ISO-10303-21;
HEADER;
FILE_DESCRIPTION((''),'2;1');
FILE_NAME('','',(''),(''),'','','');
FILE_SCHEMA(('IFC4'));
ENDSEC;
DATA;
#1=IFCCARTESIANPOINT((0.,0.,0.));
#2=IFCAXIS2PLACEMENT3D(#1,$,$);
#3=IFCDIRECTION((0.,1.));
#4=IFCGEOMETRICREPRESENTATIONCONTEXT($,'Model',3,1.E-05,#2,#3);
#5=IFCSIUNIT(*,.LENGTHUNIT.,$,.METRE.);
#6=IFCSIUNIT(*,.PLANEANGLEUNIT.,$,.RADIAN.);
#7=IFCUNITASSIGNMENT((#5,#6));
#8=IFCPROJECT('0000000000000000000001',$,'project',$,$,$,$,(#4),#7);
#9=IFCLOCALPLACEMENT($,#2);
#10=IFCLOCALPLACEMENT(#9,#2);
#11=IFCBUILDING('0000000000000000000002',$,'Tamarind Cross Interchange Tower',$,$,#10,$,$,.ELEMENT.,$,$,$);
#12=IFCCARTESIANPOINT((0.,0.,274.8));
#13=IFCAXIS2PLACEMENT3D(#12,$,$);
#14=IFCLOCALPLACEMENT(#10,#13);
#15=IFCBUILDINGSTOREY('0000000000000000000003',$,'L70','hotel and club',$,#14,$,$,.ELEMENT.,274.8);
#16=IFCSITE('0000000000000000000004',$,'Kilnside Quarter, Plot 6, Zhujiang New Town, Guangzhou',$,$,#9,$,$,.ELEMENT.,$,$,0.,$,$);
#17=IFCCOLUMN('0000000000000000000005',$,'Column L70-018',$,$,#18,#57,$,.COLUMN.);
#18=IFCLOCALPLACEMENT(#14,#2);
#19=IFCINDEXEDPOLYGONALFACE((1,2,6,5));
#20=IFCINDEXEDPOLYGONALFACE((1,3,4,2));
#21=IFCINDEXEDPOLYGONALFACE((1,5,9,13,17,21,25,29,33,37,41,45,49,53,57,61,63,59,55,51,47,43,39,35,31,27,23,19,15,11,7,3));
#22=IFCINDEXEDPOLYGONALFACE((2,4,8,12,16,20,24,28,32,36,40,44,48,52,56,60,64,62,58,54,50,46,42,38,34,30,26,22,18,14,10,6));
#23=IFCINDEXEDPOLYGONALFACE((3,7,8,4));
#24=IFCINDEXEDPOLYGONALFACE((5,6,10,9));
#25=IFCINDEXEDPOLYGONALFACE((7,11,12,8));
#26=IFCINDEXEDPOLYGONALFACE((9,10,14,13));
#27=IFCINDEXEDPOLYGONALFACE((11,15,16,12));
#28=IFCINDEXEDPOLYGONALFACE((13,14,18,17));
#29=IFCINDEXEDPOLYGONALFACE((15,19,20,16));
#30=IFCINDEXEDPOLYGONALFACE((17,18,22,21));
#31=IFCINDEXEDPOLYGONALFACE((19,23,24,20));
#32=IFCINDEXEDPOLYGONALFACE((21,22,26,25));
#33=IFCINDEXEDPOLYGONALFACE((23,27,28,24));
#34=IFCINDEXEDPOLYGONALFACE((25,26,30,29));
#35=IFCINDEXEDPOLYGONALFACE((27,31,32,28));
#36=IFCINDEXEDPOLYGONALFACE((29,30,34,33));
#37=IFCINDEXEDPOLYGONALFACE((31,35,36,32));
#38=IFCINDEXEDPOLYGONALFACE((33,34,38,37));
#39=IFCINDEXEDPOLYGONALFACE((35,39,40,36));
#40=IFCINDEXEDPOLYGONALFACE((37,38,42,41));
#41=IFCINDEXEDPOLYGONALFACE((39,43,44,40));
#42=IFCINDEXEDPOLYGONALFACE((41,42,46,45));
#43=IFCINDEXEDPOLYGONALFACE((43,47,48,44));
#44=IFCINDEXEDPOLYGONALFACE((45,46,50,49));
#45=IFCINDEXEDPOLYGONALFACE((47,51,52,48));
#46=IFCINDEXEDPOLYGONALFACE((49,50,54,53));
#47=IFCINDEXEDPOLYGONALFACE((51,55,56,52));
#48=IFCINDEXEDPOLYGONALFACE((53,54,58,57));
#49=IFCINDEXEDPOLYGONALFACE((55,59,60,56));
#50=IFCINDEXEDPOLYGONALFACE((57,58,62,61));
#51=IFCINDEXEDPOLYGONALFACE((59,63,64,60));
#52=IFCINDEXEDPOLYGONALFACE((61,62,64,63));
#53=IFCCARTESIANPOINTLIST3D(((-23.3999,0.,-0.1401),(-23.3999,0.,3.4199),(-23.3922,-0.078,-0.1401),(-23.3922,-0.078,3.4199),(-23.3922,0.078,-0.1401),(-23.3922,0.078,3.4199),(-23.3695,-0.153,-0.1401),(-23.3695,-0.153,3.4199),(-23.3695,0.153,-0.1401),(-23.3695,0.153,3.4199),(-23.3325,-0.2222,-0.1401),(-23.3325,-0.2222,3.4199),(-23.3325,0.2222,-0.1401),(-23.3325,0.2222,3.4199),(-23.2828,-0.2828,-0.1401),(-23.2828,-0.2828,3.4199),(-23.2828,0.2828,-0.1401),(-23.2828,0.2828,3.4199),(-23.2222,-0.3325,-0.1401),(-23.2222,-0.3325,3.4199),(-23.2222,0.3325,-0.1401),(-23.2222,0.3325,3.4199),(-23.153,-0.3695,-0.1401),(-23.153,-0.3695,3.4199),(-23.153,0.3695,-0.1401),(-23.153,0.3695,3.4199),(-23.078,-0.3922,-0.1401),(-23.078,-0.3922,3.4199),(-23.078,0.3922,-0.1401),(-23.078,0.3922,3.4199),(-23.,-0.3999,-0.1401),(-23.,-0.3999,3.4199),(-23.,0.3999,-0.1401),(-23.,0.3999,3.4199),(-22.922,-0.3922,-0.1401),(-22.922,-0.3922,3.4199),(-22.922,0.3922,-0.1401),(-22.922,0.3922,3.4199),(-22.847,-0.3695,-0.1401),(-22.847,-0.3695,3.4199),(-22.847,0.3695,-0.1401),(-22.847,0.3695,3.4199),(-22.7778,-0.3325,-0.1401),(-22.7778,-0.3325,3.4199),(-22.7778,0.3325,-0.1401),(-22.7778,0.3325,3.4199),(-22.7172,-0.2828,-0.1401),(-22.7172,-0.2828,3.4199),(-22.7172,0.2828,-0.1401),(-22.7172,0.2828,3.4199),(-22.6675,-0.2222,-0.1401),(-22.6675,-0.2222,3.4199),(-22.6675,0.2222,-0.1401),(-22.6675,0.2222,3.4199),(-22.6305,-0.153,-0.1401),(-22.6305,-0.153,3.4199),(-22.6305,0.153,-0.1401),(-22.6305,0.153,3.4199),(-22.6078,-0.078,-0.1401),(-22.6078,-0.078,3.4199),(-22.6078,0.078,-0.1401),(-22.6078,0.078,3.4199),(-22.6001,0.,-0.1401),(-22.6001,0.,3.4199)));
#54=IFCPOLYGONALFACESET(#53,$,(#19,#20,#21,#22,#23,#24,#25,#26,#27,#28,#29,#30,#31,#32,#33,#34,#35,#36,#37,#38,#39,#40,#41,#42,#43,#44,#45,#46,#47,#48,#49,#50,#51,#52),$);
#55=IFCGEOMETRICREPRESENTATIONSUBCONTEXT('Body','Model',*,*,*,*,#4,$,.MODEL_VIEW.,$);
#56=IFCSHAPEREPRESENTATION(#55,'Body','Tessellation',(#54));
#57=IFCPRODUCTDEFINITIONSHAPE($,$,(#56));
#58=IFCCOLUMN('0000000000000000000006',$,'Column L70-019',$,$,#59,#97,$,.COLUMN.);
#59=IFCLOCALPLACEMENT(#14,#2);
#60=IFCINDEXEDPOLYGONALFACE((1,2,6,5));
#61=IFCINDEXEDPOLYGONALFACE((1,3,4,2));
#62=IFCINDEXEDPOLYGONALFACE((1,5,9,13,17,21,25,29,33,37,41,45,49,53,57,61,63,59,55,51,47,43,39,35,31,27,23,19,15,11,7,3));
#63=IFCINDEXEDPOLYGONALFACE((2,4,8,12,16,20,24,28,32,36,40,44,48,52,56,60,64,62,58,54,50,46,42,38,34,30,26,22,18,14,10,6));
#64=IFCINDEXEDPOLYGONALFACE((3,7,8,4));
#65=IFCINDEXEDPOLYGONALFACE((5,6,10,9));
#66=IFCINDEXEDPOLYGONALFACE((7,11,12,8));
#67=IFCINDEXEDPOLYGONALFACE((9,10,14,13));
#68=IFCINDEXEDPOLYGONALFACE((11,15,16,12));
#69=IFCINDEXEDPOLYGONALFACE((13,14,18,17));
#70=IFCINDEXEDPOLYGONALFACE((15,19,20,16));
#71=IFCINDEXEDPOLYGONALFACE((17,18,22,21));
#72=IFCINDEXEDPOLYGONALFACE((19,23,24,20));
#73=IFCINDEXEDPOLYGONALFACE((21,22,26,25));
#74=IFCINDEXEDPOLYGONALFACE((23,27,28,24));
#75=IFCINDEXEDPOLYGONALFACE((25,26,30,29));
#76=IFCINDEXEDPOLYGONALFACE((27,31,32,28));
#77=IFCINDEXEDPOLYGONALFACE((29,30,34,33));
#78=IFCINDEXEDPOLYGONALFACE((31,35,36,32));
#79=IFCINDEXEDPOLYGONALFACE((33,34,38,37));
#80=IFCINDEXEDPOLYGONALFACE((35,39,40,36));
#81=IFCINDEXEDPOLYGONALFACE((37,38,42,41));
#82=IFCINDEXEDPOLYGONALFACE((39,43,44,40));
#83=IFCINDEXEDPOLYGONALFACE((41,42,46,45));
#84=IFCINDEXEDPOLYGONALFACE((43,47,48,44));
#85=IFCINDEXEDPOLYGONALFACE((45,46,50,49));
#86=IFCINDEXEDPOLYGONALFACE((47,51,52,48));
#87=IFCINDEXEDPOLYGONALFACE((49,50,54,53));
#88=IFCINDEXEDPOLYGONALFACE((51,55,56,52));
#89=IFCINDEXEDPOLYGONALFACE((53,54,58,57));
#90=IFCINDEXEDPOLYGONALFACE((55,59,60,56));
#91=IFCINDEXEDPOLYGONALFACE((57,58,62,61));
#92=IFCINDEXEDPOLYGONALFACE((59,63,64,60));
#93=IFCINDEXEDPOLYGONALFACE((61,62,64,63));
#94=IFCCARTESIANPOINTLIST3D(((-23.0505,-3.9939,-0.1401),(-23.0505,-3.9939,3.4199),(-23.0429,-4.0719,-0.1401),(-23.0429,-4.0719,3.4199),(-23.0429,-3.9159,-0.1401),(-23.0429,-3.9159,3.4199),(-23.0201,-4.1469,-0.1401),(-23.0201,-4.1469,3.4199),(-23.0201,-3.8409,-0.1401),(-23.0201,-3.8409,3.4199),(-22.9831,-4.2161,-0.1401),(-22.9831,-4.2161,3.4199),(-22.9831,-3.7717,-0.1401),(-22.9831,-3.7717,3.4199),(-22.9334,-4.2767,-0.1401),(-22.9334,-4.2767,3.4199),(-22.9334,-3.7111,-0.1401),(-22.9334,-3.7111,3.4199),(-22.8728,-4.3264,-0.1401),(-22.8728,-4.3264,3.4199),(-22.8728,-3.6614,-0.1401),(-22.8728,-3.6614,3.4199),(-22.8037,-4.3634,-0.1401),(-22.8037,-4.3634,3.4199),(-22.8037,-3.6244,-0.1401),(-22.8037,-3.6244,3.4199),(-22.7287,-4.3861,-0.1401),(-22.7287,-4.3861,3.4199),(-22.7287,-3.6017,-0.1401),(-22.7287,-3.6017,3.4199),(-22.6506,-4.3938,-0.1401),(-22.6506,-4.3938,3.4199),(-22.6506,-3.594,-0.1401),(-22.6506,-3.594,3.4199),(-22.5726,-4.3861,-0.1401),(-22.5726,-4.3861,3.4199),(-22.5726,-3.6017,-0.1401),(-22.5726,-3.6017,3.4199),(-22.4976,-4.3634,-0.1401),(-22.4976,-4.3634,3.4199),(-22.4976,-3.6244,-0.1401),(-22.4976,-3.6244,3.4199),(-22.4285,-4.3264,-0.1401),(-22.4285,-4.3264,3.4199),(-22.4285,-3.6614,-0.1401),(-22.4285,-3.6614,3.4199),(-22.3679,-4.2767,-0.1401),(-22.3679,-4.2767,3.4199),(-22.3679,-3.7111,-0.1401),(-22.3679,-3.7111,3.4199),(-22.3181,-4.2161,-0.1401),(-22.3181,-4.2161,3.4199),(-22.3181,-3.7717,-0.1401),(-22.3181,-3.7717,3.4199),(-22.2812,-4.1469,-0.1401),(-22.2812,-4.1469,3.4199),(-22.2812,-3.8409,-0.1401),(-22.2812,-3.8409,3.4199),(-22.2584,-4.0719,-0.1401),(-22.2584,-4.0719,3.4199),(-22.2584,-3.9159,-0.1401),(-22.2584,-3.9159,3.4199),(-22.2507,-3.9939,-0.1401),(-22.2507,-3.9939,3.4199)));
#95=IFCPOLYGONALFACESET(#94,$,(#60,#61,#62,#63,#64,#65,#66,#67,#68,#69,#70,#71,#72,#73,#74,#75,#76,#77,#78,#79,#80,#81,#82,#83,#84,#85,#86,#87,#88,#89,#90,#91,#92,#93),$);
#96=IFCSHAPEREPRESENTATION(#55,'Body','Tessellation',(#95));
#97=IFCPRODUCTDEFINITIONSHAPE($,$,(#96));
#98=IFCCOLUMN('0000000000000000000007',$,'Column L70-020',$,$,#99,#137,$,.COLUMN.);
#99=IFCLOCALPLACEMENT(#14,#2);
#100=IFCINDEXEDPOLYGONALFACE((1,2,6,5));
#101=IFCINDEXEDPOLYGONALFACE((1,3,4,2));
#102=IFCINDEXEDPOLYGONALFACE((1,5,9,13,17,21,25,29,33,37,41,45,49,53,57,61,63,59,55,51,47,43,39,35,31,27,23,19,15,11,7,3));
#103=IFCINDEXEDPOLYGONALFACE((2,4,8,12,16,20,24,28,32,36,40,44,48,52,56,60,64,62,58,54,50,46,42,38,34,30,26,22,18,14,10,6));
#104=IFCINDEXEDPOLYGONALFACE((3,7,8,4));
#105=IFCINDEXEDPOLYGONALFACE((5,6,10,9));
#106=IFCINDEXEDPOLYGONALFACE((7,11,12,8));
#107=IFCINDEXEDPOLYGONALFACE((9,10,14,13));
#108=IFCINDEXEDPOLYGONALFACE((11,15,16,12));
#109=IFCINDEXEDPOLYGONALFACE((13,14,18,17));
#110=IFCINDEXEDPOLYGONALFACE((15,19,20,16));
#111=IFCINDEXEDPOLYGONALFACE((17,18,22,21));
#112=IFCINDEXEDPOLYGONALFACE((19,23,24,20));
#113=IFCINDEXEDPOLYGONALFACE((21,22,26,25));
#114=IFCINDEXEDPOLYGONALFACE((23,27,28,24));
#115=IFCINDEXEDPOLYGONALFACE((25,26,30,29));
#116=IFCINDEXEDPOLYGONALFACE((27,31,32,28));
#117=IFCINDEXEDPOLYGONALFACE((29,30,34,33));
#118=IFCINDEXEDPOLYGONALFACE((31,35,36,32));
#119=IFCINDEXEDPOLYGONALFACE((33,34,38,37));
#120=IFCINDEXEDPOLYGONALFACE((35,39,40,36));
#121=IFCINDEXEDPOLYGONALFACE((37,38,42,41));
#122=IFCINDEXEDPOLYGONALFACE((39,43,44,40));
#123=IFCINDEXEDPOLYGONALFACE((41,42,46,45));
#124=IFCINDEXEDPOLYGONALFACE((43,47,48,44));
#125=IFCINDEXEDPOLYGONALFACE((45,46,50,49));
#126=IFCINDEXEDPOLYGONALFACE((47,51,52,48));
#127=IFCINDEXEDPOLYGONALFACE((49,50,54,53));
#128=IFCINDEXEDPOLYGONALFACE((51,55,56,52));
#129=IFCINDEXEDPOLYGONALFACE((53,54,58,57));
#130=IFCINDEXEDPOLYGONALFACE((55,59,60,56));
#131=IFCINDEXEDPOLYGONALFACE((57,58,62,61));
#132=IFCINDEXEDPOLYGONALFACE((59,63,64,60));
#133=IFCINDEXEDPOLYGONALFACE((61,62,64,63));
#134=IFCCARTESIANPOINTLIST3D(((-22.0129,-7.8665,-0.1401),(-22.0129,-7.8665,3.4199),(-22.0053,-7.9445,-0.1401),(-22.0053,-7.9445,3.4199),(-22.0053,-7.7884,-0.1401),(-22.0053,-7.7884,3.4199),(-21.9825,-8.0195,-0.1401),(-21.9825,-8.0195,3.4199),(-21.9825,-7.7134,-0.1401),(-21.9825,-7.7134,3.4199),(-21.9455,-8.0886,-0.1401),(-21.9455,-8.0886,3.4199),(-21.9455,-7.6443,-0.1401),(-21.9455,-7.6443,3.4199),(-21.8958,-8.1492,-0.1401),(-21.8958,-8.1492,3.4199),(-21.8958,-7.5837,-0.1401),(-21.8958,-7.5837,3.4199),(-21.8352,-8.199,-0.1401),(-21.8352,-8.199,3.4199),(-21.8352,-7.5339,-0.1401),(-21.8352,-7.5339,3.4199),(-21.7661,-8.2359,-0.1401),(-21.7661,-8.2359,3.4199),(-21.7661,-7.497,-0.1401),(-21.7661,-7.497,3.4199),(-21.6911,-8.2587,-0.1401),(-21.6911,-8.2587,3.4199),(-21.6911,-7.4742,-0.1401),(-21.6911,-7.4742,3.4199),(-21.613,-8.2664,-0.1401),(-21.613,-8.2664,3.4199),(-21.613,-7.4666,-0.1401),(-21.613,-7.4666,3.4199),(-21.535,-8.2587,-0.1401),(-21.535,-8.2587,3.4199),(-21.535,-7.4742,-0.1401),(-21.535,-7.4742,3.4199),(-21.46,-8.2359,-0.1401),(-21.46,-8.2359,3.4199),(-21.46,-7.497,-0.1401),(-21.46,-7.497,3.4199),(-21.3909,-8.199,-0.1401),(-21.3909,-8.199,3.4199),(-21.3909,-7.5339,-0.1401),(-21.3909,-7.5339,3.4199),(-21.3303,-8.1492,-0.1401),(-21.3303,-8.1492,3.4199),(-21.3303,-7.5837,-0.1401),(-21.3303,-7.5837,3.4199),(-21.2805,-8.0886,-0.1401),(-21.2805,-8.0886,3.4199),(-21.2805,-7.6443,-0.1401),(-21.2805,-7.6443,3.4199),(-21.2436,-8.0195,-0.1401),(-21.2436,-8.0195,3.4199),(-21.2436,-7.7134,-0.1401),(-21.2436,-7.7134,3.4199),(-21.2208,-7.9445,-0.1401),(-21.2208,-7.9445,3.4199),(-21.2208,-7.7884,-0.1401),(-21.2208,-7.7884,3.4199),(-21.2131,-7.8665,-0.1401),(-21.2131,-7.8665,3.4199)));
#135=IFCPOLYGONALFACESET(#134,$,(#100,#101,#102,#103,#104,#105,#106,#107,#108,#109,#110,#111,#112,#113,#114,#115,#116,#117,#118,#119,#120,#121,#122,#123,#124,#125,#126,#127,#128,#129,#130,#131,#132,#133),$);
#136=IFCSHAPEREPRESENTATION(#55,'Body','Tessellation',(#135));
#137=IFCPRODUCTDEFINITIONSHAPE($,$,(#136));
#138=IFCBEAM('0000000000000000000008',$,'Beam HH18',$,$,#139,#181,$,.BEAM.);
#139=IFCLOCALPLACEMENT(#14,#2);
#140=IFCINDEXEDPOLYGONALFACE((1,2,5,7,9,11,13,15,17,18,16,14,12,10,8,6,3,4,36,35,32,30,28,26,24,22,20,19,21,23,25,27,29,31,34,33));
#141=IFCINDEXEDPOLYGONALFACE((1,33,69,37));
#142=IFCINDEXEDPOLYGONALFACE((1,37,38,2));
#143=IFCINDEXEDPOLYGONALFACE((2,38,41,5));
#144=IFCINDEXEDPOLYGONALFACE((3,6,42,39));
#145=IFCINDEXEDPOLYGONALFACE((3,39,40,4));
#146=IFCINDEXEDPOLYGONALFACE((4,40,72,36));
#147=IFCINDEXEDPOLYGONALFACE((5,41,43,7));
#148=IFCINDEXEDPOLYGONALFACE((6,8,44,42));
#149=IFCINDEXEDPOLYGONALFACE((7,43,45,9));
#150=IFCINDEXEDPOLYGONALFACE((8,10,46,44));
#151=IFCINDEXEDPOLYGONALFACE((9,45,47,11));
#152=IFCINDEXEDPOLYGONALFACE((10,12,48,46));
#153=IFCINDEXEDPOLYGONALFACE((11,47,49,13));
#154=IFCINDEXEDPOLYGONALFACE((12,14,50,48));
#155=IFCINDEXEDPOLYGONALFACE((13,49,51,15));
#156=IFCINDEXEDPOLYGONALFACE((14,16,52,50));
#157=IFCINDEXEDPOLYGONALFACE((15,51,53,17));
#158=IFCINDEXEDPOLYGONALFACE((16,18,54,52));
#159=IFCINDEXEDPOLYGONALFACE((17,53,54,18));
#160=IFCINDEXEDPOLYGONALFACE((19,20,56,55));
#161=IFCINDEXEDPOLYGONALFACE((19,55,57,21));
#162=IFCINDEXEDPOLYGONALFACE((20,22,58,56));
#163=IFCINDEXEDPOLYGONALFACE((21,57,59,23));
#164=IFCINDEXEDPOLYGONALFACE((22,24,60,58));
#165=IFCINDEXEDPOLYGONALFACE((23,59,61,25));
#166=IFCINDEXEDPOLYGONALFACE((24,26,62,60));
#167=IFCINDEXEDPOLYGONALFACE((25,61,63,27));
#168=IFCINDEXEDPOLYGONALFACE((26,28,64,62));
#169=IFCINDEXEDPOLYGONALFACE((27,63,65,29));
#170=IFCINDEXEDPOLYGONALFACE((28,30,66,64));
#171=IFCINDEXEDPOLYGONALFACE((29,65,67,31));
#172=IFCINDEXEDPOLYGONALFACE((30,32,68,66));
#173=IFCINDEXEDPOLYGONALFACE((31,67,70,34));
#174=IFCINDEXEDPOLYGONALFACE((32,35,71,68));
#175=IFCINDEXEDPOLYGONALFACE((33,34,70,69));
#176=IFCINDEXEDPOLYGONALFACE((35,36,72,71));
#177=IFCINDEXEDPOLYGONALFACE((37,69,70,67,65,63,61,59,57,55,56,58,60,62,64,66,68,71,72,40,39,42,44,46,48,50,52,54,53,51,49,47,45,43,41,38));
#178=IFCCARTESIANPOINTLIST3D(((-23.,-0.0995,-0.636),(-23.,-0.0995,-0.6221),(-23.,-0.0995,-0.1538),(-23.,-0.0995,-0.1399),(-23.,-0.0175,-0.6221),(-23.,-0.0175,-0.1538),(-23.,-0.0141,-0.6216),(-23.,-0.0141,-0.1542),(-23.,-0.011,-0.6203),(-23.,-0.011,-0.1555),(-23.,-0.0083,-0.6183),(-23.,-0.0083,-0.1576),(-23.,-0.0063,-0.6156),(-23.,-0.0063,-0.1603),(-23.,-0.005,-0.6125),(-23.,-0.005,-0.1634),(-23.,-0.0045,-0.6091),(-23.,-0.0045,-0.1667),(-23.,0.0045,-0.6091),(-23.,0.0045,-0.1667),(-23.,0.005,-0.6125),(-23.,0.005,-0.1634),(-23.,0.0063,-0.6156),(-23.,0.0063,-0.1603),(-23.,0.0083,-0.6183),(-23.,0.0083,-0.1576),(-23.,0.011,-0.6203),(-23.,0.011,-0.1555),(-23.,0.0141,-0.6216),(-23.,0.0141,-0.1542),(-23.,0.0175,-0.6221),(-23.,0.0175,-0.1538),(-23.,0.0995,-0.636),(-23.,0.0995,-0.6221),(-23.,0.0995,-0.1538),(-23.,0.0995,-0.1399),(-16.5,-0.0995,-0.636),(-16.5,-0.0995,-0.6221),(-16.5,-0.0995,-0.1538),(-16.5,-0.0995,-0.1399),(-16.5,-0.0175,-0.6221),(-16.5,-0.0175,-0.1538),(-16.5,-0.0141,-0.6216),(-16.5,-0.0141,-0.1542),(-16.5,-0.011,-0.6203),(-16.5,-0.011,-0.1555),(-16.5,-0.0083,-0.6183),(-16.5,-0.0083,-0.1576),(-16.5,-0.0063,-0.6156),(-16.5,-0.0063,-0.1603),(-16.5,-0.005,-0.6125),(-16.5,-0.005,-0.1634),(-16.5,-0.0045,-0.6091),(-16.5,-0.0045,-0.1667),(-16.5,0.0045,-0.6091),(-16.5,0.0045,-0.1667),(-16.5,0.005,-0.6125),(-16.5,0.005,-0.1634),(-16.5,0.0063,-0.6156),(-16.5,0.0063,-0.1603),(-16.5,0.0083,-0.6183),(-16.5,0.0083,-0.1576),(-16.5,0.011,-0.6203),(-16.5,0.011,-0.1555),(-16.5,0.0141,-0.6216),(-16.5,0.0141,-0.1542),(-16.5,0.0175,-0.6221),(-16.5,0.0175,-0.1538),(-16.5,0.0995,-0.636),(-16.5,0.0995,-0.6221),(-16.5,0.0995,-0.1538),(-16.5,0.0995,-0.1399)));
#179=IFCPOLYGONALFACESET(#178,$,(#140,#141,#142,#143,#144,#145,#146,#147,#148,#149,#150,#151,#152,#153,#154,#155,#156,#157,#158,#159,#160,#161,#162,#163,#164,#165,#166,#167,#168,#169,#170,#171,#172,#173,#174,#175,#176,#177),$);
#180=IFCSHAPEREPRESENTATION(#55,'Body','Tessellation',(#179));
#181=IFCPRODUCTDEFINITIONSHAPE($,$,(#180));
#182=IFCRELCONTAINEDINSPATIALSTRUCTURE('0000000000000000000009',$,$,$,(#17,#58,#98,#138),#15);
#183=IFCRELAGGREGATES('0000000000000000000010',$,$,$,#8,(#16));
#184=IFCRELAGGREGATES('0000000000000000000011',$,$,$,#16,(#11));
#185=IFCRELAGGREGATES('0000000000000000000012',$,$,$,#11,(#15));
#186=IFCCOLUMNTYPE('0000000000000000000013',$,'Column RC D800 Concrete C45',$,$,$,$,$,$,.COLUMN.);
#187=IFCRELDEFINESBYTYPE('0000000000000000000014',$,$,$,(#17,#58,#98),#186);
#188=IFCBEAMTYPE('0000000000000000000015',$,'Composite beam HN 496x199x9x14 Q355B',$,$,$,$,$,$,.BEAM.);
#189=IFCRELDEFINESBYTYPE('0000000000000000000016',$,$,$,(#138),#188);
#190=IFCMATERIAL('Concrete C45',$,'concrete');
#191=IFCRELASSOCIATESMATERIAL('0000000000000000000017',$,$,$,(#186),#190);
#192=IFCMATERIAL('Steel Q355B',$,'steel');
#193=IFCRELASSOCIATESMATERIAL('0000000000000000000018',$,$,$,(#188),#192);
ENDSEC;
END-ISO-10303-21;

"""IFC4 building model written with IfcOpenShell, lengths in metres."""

from ifc_helpers import new_model, si_unit, direction, frame, origin, origin_2d, place, context, subcontext, project, spatial, circle, i_section, extrude, material, material_profile, profile_set, type_object, element, save


model = new_model("IFC4")

# Units and contexts
model_context = context("Model", 3, precision=1e-05, world=origin(), true_north=direction((0.0, 1.0)))
body_context = subcontext(model_context, "Body", "Model", "MODEL_VIEW")
ifc_project = project(units=[si_unit("LENGTHUNIT", "METRE"), si_unit("PLANEANGLEUNIT", "RADIAN")], contexts=[model_context])

# Site, building, storey
site_placement = place(None, origin())
site = spatial("IfcSite", under=ifc_project, at=site_placement, Name="Kilnside Quarter, Plot 6, Zhujiang New Town, Guangzhou", CompositionType="ELEMENT", RefElevation=0.0)
building_placement = place(site_placement, origin())
building = spatial("IfcBuilding", under=site, at=building_placement, Name="Tamarind Cross Interchange Tower", CompositionType="ELEMENT")
storey_placement = place(building_placement, frame((0.0, 0.0, 274.8)))
storey = spatial("IfcBuildingStorey", under=building, at=storey_placement, Name="L70", Description="hotel and club", CompositionType="ELEMENT", Elevation=274.8)

# Columns
ifc_material_1 = material(Name="Concrete C45", Category="concrete")
ifc_material_profile_1 = material_profile(ifc_material_1, circle(Radius=0.3999, at=origin_2d()), Name="RC D800")
ifc_profile_set_1 = profile_set([ifc_material_profile_1], Name="Concrete C45")
column_type = type_object("IfcColumnType", Name="Column RC D800 Concrete C45", PredefinedType="COLUMN", material=ifc_profile_set_1)
for number, where, z_axis, x_axis, name in (
    (1, (-23.0, 0.0, -0.1401), (0.0, 0.0, 1.0), (1.0, 0.0, 0.0), "Column L70-018"),
    (2, (-22.6506, -3.9939, -0.1401), (0.0, 0.0, 1.0), (1.0, 0.0, 0.0), "Column L70-019"),
    (3, (-21.613, -7.8665, -0.1401), (0.0, 0.0, 1.0), (1.0, 0.0, 0.0), "Column L70-020"),
):
    element("IfcColumn", number, at=place(storey_placement, frame(where, z_axis=z_axis, x_axis=x_axis)), inside=storey, type_object=column_type, Name=name, PredefinedType="COLUMN", context=body_context, shape_type="SweptSolid", body=[
        extrude(circle(Radius=0.3999, at=origin_2d()), origin(), (0.0, 0.0, 1.0), 3.5601),
    ])

# Beam
ifc_material_2 = material(Name="Steel Q355B", Category="steel")
ifc_material_profile_2 = material_profile(ifc_material_2, i_section(OverallWidth=0.199, OverallDepth=0.4961, WebThickness=0.009, FlangeThickness=0.0139, FilletRadius=0.0129, at=origin_2d()), Name="HN 496x199x9x14")
ifc_profile_set_2 = profile_set([ifc_material_profile_2], Name="Steel Q355B")
beam_type = type_object("IfcBeamType", Name="Composite beam HN 496x199x9x14 Q355B", PredefinedType="BEAM", material=ifc_profile_set_2)
beam_1_placement = place(storey_placement, frame((-23.0, 0.0, -0.3879), z_axis=(1.0, 0.0, 0.0), x_axis=(0.0, 1.0, 0.0)))
element("IfcBeam", 4, at=beam_1_placement, inside=storey, type_object=beam_type, Name="Beam HH18", PredefinedType="BEAM", context=body_context, shape_type="SweptSolid", body=[
    extrude(i_section(OverallWidth=0.199, OverallDepth=0.4961, WebThickness=0.009, FlangeThickness=0.0139, FilletRadius=0.0129, at=origin_2d()), origin(), (0.0, 0.0, 1.0), 6.5),
])

save(model, "model.ifc")
